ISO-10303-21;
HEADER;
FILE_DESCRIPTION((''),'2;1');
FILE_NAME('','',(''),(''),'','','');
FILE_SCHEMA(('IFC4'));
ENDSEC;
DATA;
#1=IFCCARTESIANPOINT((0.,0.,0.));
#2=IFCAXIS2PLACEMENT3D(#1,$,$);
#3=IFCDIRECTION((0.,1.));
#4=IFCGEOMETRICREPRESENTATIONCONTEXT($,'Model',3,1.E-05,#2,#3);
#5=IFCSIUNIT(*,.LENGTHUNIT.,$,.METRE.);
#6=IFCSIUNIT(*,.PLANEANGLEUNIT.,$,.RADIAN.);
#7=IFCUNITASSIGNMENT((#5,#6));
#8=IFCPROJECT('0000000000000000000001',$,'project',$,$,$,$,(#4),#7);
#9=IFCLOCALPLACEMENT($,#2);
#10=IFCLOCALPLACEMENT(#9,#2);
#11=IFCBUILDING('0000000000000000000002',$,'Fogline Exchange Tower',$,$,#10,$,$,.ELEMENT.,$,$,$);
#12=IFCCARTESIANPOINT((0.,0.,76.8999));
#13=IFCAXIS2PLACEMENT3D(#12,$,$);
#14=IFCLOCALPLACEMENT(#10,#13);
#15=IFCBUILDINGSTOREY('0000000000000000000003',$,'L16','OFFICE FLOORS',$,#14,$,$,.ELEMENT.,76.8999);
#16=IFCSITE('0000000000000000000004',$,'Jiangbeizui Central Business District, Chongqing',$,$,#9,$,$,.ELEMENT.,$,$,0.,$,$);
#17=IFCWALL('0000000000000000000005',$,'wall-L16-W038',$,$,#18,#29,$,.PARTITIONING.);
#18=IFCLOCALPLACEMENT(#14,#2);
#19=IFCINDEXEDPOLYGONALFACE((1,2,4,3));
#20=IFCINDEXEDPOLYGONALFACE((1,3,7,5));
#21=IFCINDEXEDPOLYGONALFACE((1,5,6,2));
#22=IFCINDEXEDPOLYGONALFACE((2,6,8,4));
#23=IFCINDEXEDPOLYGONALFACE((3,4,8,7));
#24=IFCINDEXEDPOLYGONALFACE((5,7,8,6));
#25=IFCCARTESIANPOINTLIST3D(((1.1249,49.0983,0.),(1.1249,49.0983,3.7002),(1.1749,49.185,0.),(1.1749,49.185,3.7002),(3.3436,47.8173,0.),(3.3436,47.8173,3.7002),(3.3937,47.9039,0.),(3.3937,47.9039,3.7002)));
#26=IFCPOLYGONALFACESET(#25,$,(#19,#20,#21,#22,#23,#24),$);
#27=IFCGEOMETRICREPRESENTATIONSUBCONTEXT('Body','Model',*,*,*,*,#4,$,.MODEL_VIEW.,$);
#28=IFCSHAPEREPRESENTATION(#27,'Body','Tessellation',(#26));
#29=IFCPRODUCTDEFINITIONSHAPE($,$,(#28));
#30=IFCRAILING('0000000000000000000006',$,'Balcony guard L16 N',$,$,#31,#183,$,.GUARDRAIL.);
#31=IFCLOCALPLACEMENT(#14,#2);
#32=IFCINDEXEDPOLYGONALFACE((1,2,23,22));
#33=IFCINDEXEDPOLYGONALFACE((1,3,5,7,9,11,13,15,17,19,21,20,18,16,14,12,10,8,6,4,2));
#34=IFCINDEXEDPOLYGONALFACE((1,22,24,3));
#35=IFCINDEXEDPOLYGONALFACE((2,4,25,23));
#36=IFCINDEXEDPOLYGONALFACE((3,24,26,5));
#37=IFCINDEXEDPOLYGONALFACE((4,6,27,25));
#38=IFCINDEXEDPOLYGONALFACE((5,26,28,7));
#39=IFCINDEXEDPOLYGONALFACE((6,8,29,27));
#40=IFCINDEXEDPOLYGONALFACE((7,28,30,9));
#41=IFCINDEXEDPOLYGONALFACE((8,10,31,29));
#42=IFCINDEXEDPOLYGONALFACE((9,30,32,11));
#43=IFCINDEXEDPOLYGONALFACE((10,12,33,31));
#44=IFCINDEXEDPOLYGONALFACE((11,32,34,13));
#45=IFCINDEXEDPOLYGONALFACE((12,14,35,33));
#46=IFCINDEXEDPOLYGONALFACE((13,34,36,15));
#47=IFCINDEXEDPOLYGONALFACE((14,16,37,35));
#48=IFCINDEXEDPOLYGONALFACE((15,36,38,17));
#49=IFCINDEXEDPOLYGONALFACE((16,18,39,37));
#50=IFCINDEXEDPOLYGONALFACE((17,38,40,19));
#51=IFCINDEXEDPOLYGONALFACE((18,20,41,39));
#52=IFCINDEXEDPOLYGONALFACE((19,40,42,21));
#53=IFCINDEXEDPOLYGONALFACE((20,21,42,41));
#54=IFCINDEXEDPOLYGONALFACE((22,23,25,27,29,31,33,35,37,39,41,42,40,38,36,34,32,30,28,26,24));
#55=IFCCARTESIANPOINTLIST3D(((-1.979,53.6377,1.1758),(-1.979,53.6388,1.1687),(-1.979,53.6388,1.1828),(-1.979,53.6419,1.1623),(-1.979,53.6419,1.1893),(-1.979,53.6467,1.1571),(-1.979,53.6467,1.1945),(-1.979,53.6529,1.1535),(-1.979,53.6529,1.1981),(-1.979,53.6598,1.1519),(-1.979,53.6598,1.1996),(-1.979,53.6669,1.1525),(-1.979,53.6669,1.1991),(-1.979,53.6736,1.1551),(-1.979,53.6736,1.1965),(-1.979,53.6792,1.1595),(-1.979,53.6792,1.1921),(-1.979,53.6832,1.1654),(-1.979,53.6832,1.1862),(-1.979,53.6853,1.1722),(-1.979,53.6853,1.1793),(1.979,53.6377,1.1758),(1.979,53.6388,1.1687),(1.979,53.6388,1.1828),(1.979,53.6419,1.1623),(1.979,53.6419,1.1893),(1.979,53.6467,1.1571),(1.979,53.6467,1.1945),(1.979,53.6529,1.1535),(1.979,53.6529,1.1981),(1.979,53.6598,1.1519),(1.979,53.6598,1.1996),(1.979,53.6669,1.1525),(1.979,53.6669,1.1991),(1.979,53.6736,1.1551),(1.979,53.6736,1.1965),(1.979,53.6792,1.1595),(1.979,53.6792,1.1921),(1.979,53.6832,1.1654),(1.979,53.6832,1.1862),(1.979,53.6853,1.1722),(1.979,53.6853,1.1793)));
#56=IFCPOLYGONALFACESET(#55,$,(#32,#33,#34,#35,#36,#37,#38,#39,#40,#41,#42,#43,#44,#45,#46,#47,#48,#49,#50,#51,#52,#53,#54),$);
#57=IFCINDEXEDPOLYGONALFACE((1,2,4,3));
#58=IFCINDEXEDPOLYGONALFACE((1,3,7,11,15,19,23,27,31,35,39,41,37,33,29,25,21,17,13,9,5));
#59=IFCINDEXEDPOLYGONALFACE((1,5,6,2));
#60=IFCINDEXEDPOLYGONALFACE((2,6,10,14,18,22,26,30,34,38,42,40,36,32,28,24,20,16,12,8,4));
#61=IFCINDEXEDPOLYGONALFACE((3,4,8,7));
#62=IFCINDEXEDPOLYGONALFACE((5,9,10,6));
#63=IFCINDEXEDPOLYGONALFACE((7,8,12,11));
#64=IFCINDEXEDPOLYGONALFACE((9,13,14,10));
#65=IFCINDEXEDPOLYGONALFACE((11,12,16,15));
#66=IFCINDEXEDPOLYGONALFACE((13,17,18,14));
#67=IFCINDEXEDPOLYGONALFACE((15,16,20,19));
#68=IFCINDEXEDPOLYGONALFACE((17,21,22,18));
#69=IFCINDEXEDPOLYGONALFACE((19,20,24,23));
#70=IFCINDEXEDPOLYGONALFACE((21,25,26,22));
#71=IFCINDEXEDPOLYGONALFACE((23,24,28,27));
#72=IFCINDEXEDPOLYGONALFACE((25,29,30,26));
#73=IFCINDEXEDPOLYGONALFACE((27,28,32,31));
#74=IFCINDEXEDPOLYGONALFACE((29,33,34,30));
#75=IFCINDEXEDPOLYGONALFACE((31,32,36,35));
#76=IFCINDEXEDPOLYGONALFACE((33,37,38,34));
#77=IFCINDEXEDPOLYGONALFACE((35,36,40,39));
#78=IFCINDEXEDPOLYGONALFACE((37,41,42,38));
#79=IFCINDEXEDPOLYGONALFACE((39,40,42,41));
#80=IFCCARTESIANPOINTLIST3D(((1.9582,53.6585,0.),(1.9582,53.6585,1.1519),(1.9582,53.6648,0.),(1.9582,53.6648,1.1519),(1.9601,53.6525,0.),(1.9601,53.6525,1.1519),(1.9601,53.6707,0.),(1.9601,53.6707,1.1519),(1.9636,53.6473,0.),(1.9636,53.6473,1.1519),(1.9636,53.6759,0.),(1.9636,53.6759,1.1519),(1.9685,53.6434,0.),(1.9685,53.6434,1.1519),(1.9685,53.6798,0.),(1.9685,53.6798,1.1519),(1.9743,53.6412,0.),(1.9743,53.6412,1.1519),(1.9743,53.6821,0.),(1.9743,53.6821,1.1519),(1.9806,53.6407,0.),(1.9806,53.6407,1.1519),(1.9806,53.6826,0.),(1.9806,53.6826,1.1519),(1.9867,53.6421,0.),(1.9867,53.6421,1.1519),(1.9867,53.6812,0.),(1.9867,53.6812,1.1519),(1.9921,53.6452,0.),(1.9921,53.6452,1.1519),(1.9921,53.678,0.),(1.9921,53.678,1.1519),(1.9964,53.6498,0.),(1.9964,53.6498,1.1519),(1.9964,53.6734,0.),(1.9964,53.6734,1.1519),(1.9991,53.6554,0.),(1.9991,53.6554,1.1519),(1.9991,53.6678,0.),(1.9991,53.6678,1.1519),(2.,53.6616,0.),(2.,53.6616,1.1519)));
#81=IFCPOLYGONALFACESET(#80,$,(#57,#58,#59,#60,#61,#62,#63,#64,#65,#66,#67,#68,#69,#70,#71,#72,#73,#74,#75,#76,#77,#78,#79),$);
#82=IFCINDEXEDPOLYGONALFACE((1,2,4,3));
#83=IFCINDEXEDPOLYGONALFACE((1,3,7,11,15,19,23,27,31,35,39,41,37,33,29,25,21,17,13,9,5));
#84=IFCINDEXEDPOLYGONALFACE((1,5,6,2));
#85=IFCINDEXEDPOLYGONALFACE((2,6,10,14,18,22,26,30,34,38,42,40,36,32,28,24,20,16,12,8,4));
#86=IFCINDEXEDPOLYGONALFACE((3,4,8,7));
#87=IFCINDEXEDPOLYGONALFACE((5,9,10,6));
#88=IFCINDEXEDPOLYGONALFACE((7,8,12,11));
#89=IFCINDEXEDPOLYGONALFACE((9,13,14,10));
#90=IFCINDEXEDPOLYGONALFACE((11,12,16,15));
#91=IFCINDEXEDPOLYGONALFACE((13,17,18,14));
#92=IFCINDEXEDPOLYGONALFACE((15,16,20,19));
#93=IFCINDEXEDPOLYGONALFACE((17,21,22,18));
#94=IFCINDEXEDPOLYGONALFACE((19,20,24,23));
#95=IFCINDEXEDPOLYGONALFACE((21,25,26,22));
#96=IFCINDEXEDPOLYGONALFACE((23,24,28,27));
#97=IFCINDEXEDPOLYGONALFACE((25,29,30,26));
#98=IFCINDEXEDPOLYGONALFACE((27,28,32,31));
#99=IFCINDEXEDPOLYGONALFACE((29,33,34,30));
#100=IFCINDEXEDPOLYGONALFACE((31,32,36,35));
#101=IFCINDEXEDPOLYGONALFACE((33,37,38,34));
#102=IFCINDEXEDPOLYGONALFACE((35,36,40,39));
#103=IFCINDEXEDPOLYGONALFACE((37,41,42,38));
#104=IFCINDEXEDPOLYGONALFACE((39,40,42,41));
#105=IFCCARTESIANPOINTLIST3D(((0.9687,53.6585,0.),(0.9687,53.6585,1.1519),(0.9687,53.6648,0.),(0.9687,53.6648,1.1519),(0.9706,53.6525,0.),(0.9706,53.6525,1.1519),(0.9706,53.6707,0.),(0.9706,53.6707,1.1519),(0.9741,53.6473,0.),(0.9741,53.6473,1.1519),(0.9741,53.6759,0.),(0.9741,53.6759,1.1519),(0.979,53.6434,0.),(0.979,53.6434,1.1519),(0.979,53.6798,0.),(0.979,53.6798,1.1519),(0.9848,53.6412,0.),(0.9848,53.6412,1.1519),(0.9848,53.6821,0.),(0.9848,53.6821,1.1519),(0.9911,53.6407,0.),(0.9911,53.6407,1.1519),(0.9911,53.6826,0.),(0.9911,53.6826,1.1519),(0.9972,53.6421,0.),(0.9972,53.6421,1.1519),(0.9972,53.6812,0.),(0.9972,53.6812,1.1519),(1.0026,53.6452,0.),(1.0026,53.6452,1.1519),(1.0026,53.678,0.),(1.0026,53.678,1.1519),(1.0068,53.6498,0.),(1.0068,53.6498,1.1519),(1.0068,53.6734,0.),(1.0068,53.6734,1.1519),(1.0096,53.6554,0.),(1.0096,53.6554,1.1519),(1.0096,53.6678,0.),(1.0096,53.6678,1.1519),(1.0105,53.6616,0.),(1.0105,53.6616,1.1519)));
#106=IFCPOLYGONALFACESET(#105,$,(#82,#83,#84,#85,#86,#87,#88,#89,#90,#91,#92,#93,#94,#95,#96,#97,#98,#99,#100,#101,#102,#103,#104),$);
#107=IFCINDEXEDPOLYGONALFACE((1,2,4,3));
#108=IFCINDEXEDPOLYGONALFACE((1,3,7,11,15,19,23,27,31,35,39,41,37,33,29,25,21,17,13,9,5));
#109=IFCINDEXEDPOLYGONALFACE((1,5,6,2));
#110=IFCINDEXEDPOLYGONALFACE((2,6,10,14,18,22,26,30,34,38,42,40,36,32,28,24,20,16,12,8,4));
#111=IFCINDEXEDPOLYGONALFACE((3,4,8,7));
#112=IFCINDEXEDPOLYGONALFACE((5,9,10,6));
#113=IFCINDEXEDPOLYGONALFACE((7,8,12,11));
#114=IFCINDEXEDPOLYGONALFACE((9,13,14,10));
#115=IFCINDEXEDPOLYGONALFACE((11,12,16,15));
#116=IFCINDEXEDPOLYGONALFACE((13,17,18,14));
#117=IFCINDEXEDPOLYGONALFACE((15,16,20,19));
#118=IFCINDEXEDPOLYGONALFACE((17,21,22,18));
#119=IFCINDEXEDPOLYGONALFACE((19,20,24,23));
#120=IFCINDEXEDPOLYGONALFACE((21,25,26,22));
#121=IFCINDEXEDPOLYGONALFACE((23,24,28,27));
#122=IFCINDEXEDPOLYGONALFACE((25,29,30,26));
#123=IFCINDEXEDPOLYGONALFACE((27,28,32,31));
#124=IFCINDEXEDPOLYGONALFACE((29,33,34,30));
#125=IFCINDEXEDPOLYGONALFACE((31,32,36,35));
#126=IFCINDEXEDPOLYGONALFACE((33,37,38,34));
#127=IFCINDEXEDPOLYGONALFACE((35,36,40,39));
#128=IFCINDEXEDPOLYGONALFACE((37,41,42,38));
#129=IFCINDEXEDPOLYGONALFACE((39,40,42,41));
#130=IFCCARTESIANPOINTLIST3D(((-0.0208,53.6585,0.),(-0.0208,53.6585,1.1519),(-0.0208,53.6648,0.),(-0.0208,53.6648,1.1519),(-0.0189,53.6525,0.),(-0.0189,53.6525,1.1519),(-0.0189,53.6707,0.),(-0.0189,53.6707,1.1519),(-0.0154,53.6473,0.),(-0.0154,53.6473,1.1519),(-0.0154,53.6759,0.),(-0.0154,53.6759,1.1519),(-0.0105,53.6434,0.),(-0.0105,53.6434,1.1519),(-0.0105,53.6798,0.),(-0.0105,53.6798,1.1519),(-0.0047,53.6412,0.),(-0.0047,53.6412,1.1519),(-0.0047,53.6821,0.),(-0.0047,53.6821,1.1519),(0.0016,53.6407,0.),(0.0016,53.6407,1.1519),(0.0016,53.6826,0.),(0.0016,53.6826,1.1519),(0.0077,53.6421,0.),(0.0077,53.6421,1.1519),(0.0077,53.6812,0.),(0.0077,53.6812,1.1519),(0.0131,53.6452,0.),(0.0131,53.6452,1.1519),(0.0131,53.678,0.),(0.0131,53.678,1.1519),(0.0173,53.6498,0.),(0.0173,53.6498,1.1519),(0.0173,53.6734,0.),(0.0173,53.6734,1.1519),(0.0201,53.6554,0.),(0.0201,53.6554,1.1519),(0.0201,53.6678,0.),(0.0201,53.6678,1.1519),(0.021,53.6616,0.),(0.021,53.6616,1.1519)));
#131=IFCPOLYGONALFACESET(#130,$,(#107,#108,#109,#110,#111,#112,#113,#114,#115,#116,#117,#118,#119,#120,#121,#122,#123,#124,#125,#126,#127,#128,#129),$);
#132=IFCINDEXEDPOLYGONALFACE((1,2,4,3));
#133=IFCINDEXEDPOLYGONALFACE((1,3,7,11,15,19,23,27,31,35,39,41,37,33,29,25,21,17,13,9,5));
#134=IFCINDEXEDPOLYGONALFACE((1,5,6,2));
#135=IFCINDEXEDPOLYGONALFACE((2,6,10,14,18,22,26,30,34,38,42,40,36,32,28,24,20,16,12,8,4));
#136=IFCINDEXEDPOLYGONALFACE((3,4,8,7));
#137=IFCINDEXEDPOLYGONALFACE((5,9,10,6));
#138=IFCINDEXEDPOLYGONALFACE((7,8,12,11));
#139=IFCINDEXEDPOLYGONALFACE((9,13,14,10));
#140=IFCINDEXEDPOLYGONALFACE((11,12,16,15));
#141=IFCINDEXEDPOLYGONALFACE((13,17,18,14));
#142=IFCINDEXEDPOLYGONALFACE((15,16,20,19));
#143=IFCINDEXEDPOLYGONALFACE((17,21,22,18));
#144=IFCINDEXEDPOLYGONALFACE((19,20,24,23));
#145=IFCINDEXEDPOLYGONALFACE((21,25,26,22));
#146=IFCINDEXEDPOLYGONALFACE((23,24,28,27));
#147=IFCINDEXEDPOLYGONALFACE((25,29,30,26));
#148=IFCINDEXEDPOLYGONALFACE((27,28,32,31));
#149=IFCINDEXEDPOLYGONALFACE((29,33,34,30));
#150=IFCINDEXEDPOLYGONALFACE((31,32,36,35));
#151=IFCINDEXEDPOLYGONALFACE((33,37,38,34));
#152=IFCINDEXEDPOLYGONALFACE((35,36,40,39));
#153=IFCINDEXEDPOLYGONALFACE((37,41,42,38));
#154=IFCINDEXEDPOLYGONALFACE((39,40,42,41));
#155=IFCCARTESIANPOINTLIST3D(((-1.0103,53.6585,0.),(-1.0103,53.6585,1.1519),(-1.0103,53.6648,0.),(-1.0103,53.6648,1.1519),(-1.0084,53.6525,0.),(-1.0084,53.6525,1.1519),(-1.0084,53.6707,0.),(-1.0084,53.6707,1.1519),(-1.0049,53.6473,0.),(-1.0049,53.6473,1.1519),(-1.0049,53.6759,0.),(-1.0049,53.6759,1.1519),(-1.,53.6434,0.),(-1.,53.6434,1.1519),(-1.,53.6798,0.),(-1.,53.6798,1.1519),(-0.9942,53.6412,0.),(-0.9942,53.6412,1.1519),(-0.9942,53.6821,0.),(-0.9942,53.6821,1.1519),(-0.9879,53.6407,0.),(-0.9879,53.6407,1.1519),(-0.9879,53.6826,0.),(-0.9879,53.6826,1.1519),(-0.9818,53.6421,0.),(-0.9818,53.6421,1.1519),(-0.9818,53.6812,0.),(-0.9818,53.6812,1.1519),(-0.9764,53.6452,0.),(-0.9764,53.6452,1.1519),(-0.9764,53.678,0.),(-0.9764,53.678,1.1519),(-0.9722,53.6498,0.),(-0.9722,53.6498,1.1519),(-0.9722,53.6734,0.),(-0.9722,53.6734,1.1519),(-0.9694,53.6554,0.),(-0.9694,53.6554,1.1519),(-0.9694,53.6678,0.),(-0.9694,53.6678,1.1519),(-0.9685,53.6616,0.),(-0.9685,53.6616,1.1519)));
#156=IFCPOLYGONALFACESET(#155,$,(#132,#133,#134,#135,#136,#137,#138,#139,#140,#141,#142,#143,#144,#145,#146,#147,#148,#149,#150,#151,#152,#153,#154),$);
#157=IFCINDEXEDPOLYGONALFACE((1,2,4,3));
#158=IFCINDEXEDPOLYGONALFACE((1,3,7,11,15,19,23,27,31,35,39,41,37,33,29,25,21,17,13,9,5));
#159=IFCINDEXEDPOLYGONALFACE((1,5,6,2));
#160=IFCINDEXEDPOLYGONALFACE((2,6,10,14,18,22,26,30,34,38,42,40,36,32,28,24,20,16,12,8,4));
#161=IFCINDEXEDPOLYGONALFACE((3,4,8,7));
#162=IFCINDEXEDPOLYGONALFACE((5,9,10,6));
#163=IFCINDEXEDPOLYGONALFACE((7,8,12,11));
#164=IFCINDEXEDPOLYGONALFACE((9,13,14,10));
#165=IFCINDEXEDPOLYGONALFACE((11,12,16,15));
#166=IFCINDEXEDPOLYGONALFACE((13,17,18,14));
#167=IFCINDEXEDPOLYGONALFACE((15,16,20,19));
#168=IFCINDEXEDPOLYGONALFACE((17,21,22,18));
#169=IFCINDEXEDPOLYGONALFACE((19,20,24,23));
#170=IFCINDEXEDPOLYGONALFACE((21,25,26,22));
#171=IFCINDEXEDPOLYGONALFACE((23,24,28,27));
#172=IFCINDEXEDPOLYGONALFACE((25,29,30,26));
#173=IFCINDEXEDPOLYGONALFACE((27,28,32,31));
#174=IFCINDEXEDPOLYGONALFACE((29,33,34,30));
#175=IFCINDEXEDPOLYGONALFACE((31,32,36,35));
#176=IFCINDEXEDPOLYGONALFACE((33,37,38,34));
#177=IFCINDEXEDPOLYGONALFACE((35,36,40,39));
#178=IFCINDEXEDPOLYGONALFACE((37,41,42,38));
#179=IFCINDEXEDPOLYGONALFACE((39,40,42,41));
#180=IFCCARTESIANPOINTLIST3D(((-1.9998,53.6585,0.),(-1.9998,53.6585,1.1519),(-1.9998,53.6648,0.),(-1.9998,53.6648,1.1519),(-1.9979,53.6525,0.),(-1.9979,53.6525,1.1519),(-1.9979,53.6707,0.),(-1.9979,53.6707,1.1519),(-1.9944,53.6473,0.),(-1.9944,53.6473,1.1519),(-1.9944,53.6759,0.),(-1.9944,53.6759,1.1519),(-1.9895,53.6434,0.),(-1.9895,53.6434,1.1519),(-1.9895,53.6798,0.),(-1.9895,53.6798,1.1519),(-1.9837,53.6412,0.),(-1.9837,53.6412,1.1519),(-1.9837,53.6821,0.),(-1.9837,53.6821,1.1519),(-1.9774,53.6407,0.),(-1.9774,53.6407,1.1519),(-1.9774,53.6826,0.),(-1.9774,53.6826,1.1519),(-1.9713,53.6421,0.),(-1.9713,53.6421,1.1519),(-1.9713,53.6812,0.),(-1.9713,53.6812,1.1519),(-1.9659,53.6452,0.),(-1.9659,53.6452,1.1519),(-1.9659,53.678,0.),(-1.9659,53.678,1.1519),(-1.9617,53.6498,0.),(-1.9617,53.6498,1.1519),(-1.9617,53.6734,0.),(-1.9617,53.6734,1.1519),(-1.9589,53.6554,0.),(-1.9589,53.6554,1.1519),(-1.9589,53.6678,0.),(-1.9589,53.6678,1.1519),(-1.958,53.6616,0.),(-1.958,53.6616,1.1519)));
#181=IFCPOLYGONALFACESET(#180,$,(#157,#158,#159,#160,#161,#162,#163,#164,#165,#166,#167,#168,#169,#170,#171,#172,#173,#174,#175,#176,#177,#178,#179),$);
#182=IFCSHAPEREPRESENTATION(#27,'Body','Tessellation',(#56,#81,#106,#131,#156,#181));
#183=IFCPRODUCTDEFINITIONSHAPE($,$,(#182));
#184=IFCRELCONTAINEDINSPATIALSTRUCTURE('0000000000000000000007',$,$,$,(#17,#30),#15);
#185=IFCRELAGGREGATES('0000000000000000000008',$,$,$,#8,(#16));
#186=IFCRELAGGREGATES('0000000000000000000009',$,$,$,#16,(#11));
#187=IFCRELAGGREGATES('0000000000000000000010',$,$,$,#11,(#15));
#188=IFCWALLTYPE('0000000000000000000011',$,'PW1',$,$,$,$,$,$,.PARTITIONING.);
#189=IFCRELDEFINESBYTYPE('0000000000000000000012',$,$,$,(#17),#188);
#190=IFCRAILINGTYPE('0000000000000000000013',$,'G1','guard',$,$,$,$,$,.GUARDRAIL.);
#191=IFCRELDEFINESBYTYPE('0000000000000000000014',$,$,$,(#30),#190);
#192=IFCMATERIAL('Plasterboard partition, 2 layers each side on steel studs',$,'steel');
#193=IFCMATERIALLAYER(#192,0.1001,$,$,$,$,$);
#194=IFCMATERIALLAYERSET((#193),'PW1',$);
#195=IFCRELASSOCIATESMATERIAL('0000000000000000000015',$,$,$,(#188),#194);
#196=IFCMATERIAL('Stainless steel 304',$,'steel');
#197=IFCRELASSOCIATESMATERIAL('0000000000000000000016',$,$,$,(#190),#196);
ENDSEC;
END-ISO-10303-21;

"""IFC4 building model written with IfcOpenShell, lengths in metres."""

from ifc_helpers import new_model, si_unit, direction, frame, frame_2d, origin, origin_2d, place, context, subcontext, project, spatial, rectangle, circle, extrude, material, layer, layer_set, type_object, element, save


model = new_model("IFC4")

# Units and contexts
model_context = context("Model", 3, precision=1e-05, world=origin(), true_north=direction((0.0, 1.0)))
body_context = subcontext(model_context, "Body", "Model", "MODEL_VIEW")
ifc_project = project(units=[si_unit("LENGTHUNIT", "METRE"), si_unit("PLANEANGLEUNIT", "RADIAN")], contexts=[model_context])

# Site, building, storey
site_placement = place(None, origin())
site = spatial("IfcSite", under=ifc_project, at=site_placement, Name="Jiangbeizui Central Business District, Chongqing", CompositionType="ELEMENT", RefElevation=0.0)
building_placement = place(site_placement, origin())
building = spatial("IfcBuilding", under=site, at=building_placement, Name="Fogline Exchange Tower", CompositionType="ELEMENT")
storey_placement = place(building_placement, frame((0.0, 0.0, 76.8999)))
storey = spatial("IfcBuildingStorey", under=building, at=storey_placement, Name="L16", Description="OFFICE FLOORS", CompositionType="ELEMENT", Elevation=76.8999)

# Shared definitions
ifc_material_1 = material(Name="Plasterboard partition, 2 layers each side on steel studs", Category="steel")
ifc_layer_1 = layer(ifc_material_1, 0.1001)
ifc_layer_set_1 = layer_set([ifc_layer_1], Name="PW1")
wall_type_1 = type_object("IfcWallType", Name="PW1", PredefinedType="PARTITIONING", material=ifc_layer_set_1)

# Wall
wall_1_placement = place(storey_placement, frame((3.3687, 47.8606, 0.0), z_axis=(0.0, 0.0, 1.0), x_axis=(-0.866024, 0.500003, 0.0)))
element("IfcWall", 1, at=wall_1_placement, inside=storey, type_object=wall_type_1, Name="wall-L16-W038", PredefinedType="PARTITIONING", context=body_context, shape_type="SweptSolid", body=[
    extrude(rectangle(XDim=2.562, YDim=0.1001, at=frame_2d((1.281, 0.0))), origin(), (0.0, 0.0, 1.0), 3.7002),
])

# Railing
ifc_material_2 = material(Name="Stainless steel 304", Category="steel")
railing_type = type_object("IfcRailingType", Name="G1", Description="guard", PredefinedType="GUARDRAIL", material=ifc_material_2)
railing_placement = place(storey_placement, frame((1.979, 53.6616, 0.0)))
element("IfcRailing", 2, at=railing_placement, inside=storey, type_object=railing_type, Name="Balcony guard L16 N", PredefinedType="GUARDRAIL", context=body_context, shape_type="SweptSolid", body=[
    extrude(circle(Radius=0.0239, at=origin_2d()), frame((0.0, 0.0, 1.1758), z_axis=(-1.0, 0.0, 0.0), x_axis=(0.0, -1.0, 0.0)), (0.0, 0.0, 1.0), 3.958),
    extrude(circle(Radius=0.021, at=origin_2d()), origin(), (0.0, 0.0, 1.0), 1.1519),
    extrude(circle(Radius=0.021, at=origin_2d()), frame((-0.9895, 0.0, 0.0)), (0.0, 0.0, 1.0), 1.1519),
    extrude(circle(Radius=0.021, at=origin_2d()), frame((-1.979, 0.0, 0.0)), (0.0, 0.0, 1.0), 1.1519),
    extrude(circle(Radius=0.021, at=origin_2d()), frame((-2.9685, 0.0, 0.0)), (0.0, 0.0, 1.0), 1.1519),
    extrude(circle(Radius=0.021, at=origin_2d()), frame((-3.958, 0.0, 0.0)), (0.0, 0.0, 1.0), 1.1519),
])

save(model, "model.ifc")
